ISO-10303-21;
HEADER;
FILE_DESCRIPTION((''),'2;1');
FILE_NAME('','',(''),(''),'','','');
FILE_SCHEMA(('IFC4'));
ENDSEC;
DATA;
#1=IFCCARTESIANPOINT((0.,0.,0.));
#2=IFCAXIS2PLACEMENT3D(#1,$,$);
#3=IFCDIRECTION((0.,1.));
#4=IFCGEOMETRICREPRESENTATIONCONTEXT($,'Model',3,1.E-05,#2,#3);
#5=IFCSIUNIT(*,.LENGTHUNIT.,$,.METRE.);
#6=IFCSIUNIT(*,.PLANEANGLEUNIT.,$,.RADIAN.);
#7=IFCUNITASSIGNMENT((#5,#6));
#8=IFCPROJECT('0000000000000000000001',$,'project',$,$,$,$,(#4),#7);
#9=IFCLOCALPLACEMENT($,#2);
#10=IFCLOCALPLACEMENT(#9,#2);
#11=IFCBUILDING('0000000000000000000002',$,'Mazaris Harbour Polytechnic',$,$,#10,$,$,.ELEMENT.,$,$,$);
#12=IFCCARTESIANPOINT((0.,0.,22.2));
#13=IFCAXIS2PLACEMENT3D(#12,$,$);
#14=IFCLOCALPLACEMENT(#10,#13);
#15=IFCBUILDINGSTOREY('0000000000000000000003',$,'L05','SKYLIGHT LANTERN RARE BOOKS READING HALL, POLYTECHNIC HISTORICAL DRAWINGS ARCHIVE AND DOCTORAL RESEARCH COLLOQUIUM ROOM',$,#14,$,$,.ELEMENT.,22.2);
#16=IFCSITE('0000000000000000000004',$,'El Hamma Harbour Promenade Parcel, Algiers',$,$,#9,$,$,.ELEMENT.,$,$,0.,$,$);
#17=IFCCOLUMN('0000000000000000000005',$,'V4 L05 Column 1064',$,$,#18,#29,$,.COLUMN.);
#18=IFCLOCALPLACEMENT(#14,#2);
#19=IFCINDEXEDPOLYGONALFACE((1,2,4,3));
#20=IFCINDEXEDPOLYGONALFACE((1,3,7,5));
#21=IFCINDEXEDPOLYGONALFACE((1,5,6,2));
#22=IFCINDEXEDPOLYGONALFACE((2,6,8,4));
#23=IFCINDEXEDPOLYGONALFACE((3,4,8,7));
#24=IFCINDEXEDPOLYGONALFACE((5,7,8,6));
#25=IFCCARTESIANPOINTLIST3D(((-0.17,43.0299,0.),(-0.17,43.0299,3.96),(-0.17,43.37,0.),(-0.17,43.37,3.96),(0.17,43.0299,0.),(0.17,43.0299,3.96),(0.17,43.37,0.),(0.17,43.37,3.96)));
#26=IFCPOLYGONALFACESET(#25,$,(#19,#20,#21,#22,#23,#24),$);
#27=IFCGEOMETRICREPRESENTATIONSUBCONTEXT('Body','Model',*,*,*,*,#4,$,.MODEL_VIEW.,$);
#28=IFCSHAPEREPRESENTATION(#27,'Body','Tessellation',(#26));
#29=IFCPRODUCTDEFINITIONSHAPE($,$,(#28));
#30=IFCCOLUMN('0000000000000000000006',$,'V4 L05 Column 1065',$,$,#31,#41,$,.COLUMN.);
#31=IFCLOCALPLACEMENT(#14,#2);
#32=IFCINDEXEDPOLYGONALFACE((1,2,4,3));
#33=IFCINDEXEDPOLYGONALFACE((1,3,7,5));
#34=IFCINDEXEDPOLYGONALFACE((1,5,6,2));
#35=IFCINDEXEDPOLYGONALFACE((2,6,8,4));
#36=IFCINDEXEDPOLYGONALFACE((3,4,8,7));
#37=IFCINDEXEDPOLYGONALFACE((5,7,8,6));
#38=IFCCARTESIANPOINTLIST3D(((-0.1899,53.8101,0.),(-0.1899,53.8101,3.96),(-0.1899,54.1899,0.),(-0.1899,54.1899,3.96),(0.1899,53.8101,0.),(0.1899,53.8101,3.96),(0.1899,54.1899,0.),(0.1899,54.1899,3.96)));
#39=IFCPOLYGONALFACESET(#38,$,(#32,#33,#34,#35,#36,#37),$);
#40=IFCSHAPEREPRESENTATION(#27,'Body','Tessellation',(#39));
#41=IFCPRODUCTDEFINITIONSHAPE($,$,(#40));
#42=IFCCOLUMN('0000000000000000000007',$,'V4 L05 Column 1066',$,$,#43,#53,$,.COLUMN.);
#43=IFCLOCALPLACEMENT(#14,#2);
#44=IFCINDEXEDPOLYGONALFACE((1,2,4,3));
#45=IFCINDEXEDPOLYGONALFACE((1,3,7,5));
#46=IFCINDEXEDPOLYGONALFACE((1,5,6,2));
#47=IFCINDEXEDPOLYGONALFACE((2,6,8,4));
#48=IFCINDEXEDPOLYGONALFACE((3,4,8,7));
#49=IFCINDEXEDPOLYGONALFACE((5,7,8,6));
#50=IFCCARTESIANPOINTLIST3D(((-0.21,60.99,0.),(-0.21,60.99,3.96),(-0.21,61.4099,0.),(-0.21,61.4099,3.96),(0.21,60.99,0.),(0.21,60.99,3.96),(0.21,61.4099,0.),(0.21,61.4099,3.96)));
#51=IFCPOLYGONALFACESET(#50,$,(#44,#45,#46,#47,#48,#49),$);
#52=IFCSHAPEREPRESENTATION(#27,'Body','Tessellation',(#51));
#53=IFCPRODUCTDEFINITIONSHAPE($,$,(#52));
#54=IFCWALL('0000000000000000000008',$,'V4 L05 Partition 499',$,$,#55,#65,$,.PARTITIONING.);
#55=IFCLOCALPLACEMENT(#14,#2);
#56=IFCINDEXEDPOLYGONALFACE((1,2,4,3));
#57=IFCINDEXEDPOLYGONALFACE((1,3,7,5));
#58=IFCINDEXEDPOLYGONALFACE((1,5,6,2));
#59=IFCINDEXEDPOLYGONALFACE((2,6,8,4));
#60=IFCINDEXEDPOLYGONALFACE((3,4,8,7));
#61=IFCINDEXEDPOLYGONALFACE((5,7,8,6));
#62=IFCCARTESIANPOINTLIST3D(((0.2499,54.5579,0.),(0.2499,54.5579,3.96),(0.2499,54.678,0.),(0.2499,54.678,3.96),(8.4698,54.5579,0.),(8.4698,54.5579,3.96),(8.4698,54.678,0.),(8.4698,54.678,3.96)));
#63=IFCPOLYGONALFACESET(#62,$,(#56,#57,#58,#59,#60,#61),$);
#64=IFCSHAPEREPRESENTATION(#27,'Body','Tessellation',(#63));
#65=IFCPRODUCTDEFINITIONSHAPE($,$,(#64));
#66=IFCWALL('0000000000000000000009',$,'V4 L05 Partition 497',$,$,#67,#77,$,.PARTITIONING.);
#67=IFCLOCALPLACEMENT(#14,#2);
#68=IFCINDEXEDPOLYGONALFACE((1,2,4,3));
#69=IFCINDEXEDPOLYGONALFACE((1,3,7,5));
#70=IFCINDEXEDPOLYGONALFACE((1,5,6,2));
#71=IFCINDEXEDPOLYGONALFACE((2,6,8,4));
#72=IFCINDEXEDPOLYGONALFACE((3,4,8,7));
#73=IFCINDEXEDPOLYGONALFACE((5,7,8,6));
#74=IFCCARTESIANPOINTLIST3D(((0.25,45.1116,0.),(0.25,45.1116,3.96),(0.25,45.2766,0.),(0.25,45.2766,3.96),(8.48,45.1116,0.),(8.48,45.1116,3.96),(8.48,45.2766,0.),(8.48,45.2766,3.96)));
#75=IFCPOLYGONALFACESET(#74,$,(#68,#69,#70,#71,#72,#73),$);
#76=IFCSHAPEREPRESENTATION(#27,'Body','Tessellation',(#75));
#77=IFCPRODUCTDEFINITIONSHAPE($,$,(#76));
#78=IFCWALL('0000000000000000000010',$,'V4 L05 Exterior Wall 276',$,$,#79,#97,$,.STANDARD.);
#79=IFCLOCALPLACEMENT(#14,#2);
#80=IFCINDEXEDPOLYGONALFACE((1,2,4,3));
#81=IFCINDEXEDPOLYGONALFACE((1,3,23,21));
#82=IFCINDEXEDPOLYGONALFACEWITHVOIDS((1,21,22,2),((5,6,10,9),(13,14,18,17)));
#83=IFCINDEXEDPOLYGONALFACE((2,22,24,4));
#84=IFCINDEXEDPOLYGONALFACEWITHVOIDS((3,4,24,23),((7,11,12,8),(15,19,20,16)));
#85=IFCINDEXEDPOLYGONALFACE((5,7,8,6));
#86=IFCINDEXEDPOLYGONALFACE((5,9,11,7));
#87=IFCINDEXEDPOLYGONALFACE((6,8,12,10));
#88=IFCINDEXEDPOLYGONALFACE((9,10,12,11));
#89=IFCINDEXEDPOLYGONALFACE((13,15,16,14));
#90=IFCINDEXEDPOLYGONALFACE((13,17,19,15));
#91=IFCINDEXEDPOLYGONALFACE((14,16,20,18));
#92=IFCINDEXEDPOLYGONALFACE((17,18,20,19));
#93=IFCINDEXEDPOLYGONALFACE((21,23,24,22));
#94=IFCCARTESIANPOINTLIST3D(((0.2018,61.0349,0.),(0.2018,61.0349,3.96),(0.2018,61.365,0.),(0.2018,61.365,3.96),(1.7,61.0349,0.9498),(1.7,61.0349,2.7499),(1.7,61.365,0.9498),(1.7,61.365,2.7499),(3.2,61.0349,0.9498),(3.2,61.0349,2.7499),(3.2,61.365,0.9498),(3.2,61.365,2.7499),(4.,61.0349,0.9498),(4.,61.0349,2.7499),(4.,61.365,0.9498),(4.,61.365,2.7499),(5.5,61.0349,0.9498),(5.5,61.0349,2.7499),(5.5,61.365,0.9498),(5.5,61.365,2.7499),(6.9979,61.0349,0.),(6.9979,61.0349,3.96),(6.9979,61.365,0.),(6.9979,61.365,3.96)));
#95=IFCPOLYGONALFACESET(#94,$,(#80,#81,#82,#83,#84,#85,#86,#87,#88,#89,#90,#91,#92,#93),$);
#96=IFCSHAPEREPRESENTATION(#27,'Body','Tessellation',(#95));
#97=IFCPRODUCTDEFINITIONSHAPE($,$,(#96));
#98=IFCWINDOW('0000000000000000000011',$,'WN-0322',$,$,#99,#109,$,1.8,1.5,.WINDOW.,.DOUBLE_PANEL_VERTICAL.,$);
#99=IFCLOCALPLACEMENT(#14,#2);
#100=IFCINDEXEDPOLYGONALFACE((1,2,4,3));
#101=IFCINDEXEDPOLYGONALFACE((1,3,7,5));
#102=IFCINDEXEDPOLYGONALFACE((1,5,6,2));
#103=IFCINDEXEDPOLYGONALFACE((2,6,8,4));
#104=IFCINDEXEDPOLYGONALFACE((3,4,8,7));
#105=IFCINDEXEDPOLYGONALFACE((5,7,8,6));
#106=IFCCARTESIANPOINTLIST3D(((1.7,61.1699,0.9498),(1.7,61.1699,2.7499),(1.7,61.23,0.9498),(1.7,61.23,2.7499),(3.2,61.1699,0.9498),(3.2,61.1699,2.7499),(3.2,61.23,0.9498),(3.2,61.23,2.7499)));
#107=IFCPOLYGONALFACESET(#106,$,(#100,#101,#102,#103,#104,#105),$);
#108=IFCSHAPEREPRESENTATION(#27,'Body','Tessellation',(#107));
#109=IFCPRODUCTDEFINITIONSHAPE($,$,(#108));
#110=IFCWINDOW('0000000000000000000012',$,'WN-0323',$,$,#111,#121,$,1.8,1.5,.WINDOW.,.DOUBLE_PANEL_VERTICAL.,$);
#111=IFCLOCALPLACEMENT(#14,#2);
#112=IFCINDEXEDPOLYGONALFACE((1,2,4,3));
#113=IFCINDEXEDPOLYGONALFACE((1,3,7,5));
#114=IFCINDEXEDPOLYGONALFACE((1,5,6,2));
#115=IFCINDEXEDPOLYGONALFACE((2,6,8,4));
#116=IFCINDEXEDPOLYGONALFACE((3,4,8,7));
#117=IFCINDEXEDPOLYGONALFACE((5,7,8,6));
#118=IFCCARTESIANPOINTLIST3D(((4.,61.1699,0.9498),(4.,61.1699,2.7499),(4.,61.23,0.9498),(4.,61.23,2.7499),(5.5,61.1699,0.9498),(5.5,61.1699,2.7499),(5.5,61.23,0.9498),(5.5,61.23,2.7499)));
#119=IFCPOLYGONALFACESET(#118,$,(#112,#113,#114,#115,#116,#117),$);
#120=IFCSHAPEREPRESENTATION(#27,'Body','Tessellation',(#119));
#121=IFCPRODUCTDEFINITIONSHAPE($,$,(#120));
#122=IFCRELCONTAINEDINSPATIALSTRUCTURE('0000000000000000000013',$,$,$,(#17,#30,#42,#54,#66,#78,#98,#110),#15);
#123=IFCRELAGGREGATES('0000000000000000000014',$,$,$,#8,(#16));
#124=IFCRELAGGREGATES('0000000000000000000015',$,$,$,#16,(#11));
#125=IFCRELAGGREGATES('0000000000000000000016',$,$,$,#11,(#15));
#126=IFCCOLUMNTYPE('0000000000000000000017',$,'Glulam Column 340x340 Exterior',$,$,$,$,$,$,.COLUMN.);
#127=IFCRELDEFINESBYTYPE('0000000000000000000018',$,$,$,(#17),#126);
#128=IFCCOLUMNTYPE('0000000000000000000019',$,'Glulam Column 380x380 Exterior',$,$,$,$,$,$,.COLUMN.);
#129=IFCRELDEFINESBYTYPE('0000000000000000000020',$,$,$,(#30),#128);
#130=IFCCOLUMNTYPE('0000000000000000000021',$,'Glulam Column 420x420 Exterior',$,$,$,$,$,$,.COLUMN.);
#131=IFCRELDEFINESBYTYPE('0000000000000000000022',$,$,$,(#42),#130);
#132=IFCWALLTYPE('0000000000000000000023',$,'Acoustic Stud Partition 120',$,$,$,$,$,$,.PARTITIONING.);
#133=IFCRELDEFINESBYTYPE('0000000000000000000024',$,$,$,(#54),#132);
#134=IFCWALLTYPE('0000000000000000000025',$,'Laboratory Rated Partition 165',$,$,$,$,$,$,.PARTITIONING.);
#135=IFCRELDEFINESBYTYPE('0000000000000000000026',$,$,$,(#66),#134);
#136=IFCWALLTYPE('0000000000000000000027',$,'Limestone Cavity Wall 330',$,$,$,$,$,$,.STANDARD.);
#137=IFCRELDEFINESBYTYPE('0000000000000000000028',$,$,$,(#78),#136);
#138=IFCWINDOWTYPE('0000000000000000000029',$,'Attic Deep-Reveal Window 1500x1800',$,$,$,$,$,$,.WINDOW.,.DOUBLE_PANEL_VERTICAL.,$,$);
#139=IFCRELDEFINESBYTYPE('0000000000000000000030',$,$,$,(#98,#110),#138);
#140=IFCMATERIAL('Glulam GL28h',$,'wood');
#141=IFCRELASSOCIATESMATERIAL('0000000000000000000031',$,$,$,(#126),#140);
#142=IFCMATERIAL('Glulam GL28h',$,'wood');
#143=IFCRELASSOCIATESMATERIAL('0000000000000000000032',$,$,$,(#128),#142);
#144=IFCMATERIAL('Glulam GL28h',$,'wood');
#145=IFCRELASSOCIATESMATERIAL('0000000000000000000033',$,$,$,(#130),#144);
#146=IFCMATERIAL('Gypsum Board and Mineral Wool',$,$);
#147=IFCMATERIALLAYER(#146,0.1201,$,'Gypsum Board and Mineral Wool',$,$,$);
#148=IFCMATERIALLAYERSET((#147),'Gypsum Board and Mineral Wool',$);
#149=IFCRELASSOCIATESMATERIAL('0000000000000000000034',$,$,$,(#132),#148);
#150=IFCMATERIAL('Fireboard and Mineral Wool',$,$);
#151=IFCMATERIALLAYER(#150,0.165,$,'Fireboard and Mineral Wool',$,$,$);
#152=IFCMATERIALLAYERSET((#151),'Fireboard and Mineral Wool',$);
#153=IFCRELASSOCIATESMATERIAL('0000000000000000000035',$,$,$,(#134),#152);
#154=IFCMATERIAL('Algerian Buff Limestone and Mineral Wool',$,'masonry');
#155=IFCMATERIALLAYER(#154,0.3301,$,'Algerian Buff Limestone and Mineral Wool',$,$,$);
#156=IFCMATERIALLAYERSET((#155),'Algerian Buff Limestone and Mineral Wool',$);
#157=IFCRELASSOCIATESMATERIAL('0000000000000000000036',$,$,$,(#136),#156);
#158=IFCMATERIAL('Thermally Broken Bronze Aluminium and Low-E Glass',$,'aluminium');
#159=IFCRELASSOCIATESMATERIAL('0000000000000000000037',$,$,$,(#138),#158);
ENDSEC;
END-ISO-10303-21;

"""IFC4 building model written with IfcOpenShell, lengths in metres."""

from ifc_helpers import new_model, si_unit, direction, frame, frame_2d, origin, origin_2d, place, context, subcontext, project, spatial, rectangle, extrude, material, layer, layer_set, material_profile, profile_set, type_object, element, fill, save


model = new_model("IFC4")

# Units and contexts
model_context = context("Model", 3, precision=1e-05, world=origin(), true_north=direction((0.0, 1.0)))
body_context = subcontext(model_context, "Body", "Model", "MODEL_VIEW")
ifc_project = project(units=[si_unit("LENGTHUNIT", "METRE"), si_unit("PLANEANGLEUNIT", "RADIAN")], contexts=[model_context])

# Site, building, storey
site_placement = place(None, origin())
site = spatial("IfcSite", under=ifc_project, at=site_placement, Name="El Hamma Harbour Promenade Parcel, Algiers", CompositionType="ELEMENT", RefElevation=0.0)
building_placement = place(site_placement, origin())
building = spatial("IfcBuilding", under=site, at=building_placement, Name="Mazaris Harbour Polytechnic", CompositionType="ELEMENT")
storey_placement = place(building_placement, frame((0.0, 0.0, 22.2)))
storey = spatial("IfcBuildingStorey", under=building, at=storey_placement, Name="L05", Description="SKYLIGHT LANTERN RARE BOOKS READING HALL, POLYTECHNIC HISTORICAL DRAWINGS ARCHIVE AND DOCTORAL RESEARCH COLLOQUIUM ROOM", CompositionType="ELEMENT", Elevation=22.2)

# Columns
ifc_material_1 = material(Name="Glulam GL28h", Category="wood")
ifc_material_profile_1 = material_profile(ifc_material_1, rectangle(XDim=0.3401, YDim=0.3401, at=origin_2d()), Name="RECT340x340")
ifc_profile_set_1 = profile_set([ifc_material_profile_1], Name="Glulam GL28h")
column_type_1 = type_object("IfcColumnType", Name="Glulam Column 340x340 Exterior", PredefinedType="COLUMN", material=ifc_profile_set_1)
column_1_placement = place(storey_placement, frame((0.0, 43.2, 0.0), z_axis=(0.0, 0.0, 1.0), x_axis=(1.0, 0.0, 0.0)))
element("IfcColumn", 1, at=column_1_placement, inside=storey, type_object=column_type_1, Name="V4 L05 Column 1064", PredefinedType="COLUMN", context=body_context, shape_type="SweptSolid", body=[
    extrude(rectangle(XDim=0.3401, YDim=0.3401, at=origin_2d()), origin(), (0.0, 0.0, 1.0), 3.96),
])
ifc_material_2 = material(Name="Glulam GL28h", Category="wood")
ifc_material_profile_2 = material_profile(ifc_material_2, rectangle(XDim=0.3799, YDim=0.3799, at=origin_2d()), Name="RECT380x380")
ifc_profile_set_2 = profile_set([ifc_material_profile_2], Name="Glulam GL28h")
column_type_2 = type_object("IfcColumnType", Name="Glulam Column 380x380 Exterior", PredefinedType="COLUMN", material=ifc_profile_set_2)
column_2_placement = place(storey_placement, frame((0.0, 54.0, 0.0), z_axis=(0.0, 0.0, 1.0), x_axis=(1.0, 0.0, 0.0)))
element("IfcColumn", 2, at=column_2_placement, inside=storey, type_object=column_type_2, Name="V4 L05 Column 1065", PredefinedType="COLUMN", context=body_context, shape_type="SweptSolid", body=[
    extrude(rectangle(XDim=0.3799, YDim=0.3799, at=origin_2d()), origin(), (0.0, 0.0, 1.0), 3.96),
])
ifc_material_3 = material(Name="Glulam GL28h", Category="wood")
ifc_material_profile_3 = material_profile(ifc_material_3, rectangle(XDim=0.4199, YDim=0.4199, at=origin_2d()), Name="RECT420x420")
ifc_profile_set_3 = profile_set([ifc_material_profile_3], Name="Glulam GL28h")
column_type_3 = type_object("IfcColumnType", Name="Glulam Column 420x420 Exterior", PredefinedType="COLUMN", material=ifc_profile_set_3)
column_3_placement = place(storey_placement, frame((0.0, 61.2, 0.0), z_axis=(0.0, 0.0, 1.0), x_axis=(1.0, 0.0, 0.0)))
element("IfcColumn", 3, at=column_3_placement, inside=storey, type_object=column_type_3, Name="V4 L05 Column 1066", PredefinedType="COLUMN", context=body_context, shape_type="SweptSolid", body=[
    extrude(rectangle(XDim=0.4199, YDim=0.4199, at=origin_2d()), origin(), (0.0, 0.0, 1.0), 3.96),
])

# Walls
ifc_material_4 = material(Name="Gypsum Board and Mineral Wool")
ifc_layer_1 = layer(ifc_material_4, 0.1201, Name="Gypsum Board and Mineral Wool")
ifc_layer_set_1 = layer_set([ifc_layer_1], Name="Gypsum Board and Mineral Wool")
wall_type_1 = type_object("IfcWallType", Name="Acoustic Stud Partition 120", PredefinedType="PARTITIONING", material=ifc_layer_set_1)
wall_1_placement = place(storey_placement, frame((0.25, 54.6179, 0.0), z_axis=(0.0, 0.0, 1.0), x_axis=(1.0, 0.0, 0.0)))
element("IfcWall", 4, at=wall_1_placement, inside=storey, type_object=wall_type_1, Name="V4 L05 Partition 499", PredefinedType="PARTITIONING", context=body_context, shape_type="SweptSolid", body=[
    extrude(rectangle(XDim=8.22, YDim=0.1201, at=frame_2d((4.1099, 0.0))), origin(), (0.0, 0.0, 1.0), 3.96),
])
ifc_material_5 = material(Name="Fireboard and Mineral Wool")
ifc_layer_2 = layer(ifc_material_5, 0.165, Name="Fireboard and Mineral Wool")
ifc_layer_set_2 = layer_set([ifc_layer_2], Name="Fireboard and Mineral Wool")
wall_type_2 = type_object("IfcWallType", Name="Laboratory Rated Partition 165", PredefinedType="PARTITIONING", material=ifc_layer_set_2)
wall_2_placement = place(storey_placement, frame((0.25, 45.1941, 0.0), z_axis=(0.0, 0.0, 1.0), x_axis=(1.0, 0.0, 0.0)))
element("IfcWall", 5, at=wall_2_placement, inside=storey, type_object=wall_type_2, Name="V4 L05 Partition 497", PredefinedType="PARTITIONING", context=body_context, shape_type="SweptSolid", body=[
    extrude(rectangle(XDim=8.23, YDim=0.165, at=frame_2d((4.115, 0.0))), origin(), (0.0, 0.0, 1.0), 3.96),
])

# Wall, openings, windows
ifc_material_6 = material(Name="Algerian Buff Limestone and Mineral Wool", Category="masonry")
ifc_layer_3 = layer(ifc_material_6, 0.3301, Name="Algerian Buff Limestone and Mineral Wool")
ifc_layer_set_3 = layer_set([ifc_layer_3], Name="Algerian Buff Limestone and Mineral Wool")
wall_type_3 = type_object("IfcWallType", Name="Limestone Cavity Wall 330", PredefinedType="STANDARD", material=ifc_layer_set_3)
wall_3_placement = place(storey_placement, frame((0.2019, 61.2, 0.0), z_axis=(0.0, 0.0, 1.0), x_axis=(1.0, 0.0, 0.0)))
wall_3 = element("IfcWall", 6, at=wall_3_placement, inside=storey, type_object=wall_type_3, Name="V4 L05 Exterior Wall 276", PredefinedType="STANDARD", context=body_context, shape_type="SweptSolid", body=[
    extrude(rectangle(XDim=6.7961, YDim=0.3301, at=frame_2d((3.3979, 0.0))), origin(), (0.0, 0.0, 1.0), 3.96),
])
opening_1_placement = place(wall_3_placement, frame((1.498, 0.0, 0.95)))
opening_1 = element("IfcOpeningElement", 7, at=opening_1_placement, cuts=wall_3, PredefinedType="OPENING", context=body_context, shape_type="SweptSolid", body=[
    extrude(rectangle(XDim=1.5, YDim=1.8, at=frame_2d((0.75, 0.8999))), frame((0.0, 0.175, 0.0), z_axis=(0.0, -1.0, 0.0), x_axis=(1.0, 0.0, 0.0)), (0.0, 0.0, 1.0), 0.3501),
])
opening_2_placement = place(wall_3_placement, frame((3.7981, 0.0, 0.95)))
opening_2 = element("IfcOpeningElement", 8, at=opening_2_placement, cuts=wall_3, PredefinedType="OPENING", context=body_context, shape_type="SweptSolid", body=[
    extrude(rectangle(XDim=1.5, YDim=1.8, at=frame_2d((0.75, 0.8999))), frame((0.0, 0.175, 0.0), z_axis=(0.0, -1.0, 0.0), x_axis=(1.0, 0.0, 0.0)), (0.0, 0.0, 1.0), 0.3501),
])
ifc_material_7 = material(Name="Thermally Broken Bronze Aluminium and Low-E Glass", Category="aluminium")
window_type_1 = type_object("IfcWindowType", Name="Attic Deep-Reveal Window 1500x1800", PartitioningType="DOUBLE_PANEL_VERTICAL", PredefinedType="WINDOW", material=ifc_material_7)
window_1_placement = place(opening_1_placement, origin())
window_1 = element("IfcWindow", 9, at=window_1_placement, inside=storey, type_object=window_type_1, Name="WN-0322", OverallHeight=1.8, OverallWidth=1.5, PartitioningType="DOUBLE_PANEL_VERTICAL", PredefinedType="WINDOW", context=body_context, shape_type="SweptSolid", body=[
    extrude(rectangle(XDim=1.5, YDim=1.8, at=frame_2d((0.75, 0.8999))), frame((0.0, 0.03, 0.0), z_axis=(0.0, -1.0, 0.0), x_axis=(1.0, 0.0, 0.0)), (0.0, 0.0, 1.0), 0.0601),
])
fill(opening_1, window_1)
window_2_placement = place(opening_2_placement, origin())
window_2 = element("IfcWindow", 10, at=window_2_placement, inside=storey, type_object=window_type_1, Name="WN-0323", OverallHeight=1.8, OverallWidth=1.5, PartitioningType="DOUBLE_PANEL_VERTICAL", PredefinedType="WINDOW", context=body_context, shape_type="SweptSolid", body=[
    extrude(rectangle(XDim=1.5, YDim=1.8, at=frame_2d((0.75, 0.8999))), frame((0.0, 0.03, 0.0), z_axis=(0.0, -1.0, 0.0), x_axis=(1.0, 0.0, 0.0)), (0.0, 0.0, 1.0), 0.0601),
])
fill(opening_2, window_2)

save(model, "model.ifc")
